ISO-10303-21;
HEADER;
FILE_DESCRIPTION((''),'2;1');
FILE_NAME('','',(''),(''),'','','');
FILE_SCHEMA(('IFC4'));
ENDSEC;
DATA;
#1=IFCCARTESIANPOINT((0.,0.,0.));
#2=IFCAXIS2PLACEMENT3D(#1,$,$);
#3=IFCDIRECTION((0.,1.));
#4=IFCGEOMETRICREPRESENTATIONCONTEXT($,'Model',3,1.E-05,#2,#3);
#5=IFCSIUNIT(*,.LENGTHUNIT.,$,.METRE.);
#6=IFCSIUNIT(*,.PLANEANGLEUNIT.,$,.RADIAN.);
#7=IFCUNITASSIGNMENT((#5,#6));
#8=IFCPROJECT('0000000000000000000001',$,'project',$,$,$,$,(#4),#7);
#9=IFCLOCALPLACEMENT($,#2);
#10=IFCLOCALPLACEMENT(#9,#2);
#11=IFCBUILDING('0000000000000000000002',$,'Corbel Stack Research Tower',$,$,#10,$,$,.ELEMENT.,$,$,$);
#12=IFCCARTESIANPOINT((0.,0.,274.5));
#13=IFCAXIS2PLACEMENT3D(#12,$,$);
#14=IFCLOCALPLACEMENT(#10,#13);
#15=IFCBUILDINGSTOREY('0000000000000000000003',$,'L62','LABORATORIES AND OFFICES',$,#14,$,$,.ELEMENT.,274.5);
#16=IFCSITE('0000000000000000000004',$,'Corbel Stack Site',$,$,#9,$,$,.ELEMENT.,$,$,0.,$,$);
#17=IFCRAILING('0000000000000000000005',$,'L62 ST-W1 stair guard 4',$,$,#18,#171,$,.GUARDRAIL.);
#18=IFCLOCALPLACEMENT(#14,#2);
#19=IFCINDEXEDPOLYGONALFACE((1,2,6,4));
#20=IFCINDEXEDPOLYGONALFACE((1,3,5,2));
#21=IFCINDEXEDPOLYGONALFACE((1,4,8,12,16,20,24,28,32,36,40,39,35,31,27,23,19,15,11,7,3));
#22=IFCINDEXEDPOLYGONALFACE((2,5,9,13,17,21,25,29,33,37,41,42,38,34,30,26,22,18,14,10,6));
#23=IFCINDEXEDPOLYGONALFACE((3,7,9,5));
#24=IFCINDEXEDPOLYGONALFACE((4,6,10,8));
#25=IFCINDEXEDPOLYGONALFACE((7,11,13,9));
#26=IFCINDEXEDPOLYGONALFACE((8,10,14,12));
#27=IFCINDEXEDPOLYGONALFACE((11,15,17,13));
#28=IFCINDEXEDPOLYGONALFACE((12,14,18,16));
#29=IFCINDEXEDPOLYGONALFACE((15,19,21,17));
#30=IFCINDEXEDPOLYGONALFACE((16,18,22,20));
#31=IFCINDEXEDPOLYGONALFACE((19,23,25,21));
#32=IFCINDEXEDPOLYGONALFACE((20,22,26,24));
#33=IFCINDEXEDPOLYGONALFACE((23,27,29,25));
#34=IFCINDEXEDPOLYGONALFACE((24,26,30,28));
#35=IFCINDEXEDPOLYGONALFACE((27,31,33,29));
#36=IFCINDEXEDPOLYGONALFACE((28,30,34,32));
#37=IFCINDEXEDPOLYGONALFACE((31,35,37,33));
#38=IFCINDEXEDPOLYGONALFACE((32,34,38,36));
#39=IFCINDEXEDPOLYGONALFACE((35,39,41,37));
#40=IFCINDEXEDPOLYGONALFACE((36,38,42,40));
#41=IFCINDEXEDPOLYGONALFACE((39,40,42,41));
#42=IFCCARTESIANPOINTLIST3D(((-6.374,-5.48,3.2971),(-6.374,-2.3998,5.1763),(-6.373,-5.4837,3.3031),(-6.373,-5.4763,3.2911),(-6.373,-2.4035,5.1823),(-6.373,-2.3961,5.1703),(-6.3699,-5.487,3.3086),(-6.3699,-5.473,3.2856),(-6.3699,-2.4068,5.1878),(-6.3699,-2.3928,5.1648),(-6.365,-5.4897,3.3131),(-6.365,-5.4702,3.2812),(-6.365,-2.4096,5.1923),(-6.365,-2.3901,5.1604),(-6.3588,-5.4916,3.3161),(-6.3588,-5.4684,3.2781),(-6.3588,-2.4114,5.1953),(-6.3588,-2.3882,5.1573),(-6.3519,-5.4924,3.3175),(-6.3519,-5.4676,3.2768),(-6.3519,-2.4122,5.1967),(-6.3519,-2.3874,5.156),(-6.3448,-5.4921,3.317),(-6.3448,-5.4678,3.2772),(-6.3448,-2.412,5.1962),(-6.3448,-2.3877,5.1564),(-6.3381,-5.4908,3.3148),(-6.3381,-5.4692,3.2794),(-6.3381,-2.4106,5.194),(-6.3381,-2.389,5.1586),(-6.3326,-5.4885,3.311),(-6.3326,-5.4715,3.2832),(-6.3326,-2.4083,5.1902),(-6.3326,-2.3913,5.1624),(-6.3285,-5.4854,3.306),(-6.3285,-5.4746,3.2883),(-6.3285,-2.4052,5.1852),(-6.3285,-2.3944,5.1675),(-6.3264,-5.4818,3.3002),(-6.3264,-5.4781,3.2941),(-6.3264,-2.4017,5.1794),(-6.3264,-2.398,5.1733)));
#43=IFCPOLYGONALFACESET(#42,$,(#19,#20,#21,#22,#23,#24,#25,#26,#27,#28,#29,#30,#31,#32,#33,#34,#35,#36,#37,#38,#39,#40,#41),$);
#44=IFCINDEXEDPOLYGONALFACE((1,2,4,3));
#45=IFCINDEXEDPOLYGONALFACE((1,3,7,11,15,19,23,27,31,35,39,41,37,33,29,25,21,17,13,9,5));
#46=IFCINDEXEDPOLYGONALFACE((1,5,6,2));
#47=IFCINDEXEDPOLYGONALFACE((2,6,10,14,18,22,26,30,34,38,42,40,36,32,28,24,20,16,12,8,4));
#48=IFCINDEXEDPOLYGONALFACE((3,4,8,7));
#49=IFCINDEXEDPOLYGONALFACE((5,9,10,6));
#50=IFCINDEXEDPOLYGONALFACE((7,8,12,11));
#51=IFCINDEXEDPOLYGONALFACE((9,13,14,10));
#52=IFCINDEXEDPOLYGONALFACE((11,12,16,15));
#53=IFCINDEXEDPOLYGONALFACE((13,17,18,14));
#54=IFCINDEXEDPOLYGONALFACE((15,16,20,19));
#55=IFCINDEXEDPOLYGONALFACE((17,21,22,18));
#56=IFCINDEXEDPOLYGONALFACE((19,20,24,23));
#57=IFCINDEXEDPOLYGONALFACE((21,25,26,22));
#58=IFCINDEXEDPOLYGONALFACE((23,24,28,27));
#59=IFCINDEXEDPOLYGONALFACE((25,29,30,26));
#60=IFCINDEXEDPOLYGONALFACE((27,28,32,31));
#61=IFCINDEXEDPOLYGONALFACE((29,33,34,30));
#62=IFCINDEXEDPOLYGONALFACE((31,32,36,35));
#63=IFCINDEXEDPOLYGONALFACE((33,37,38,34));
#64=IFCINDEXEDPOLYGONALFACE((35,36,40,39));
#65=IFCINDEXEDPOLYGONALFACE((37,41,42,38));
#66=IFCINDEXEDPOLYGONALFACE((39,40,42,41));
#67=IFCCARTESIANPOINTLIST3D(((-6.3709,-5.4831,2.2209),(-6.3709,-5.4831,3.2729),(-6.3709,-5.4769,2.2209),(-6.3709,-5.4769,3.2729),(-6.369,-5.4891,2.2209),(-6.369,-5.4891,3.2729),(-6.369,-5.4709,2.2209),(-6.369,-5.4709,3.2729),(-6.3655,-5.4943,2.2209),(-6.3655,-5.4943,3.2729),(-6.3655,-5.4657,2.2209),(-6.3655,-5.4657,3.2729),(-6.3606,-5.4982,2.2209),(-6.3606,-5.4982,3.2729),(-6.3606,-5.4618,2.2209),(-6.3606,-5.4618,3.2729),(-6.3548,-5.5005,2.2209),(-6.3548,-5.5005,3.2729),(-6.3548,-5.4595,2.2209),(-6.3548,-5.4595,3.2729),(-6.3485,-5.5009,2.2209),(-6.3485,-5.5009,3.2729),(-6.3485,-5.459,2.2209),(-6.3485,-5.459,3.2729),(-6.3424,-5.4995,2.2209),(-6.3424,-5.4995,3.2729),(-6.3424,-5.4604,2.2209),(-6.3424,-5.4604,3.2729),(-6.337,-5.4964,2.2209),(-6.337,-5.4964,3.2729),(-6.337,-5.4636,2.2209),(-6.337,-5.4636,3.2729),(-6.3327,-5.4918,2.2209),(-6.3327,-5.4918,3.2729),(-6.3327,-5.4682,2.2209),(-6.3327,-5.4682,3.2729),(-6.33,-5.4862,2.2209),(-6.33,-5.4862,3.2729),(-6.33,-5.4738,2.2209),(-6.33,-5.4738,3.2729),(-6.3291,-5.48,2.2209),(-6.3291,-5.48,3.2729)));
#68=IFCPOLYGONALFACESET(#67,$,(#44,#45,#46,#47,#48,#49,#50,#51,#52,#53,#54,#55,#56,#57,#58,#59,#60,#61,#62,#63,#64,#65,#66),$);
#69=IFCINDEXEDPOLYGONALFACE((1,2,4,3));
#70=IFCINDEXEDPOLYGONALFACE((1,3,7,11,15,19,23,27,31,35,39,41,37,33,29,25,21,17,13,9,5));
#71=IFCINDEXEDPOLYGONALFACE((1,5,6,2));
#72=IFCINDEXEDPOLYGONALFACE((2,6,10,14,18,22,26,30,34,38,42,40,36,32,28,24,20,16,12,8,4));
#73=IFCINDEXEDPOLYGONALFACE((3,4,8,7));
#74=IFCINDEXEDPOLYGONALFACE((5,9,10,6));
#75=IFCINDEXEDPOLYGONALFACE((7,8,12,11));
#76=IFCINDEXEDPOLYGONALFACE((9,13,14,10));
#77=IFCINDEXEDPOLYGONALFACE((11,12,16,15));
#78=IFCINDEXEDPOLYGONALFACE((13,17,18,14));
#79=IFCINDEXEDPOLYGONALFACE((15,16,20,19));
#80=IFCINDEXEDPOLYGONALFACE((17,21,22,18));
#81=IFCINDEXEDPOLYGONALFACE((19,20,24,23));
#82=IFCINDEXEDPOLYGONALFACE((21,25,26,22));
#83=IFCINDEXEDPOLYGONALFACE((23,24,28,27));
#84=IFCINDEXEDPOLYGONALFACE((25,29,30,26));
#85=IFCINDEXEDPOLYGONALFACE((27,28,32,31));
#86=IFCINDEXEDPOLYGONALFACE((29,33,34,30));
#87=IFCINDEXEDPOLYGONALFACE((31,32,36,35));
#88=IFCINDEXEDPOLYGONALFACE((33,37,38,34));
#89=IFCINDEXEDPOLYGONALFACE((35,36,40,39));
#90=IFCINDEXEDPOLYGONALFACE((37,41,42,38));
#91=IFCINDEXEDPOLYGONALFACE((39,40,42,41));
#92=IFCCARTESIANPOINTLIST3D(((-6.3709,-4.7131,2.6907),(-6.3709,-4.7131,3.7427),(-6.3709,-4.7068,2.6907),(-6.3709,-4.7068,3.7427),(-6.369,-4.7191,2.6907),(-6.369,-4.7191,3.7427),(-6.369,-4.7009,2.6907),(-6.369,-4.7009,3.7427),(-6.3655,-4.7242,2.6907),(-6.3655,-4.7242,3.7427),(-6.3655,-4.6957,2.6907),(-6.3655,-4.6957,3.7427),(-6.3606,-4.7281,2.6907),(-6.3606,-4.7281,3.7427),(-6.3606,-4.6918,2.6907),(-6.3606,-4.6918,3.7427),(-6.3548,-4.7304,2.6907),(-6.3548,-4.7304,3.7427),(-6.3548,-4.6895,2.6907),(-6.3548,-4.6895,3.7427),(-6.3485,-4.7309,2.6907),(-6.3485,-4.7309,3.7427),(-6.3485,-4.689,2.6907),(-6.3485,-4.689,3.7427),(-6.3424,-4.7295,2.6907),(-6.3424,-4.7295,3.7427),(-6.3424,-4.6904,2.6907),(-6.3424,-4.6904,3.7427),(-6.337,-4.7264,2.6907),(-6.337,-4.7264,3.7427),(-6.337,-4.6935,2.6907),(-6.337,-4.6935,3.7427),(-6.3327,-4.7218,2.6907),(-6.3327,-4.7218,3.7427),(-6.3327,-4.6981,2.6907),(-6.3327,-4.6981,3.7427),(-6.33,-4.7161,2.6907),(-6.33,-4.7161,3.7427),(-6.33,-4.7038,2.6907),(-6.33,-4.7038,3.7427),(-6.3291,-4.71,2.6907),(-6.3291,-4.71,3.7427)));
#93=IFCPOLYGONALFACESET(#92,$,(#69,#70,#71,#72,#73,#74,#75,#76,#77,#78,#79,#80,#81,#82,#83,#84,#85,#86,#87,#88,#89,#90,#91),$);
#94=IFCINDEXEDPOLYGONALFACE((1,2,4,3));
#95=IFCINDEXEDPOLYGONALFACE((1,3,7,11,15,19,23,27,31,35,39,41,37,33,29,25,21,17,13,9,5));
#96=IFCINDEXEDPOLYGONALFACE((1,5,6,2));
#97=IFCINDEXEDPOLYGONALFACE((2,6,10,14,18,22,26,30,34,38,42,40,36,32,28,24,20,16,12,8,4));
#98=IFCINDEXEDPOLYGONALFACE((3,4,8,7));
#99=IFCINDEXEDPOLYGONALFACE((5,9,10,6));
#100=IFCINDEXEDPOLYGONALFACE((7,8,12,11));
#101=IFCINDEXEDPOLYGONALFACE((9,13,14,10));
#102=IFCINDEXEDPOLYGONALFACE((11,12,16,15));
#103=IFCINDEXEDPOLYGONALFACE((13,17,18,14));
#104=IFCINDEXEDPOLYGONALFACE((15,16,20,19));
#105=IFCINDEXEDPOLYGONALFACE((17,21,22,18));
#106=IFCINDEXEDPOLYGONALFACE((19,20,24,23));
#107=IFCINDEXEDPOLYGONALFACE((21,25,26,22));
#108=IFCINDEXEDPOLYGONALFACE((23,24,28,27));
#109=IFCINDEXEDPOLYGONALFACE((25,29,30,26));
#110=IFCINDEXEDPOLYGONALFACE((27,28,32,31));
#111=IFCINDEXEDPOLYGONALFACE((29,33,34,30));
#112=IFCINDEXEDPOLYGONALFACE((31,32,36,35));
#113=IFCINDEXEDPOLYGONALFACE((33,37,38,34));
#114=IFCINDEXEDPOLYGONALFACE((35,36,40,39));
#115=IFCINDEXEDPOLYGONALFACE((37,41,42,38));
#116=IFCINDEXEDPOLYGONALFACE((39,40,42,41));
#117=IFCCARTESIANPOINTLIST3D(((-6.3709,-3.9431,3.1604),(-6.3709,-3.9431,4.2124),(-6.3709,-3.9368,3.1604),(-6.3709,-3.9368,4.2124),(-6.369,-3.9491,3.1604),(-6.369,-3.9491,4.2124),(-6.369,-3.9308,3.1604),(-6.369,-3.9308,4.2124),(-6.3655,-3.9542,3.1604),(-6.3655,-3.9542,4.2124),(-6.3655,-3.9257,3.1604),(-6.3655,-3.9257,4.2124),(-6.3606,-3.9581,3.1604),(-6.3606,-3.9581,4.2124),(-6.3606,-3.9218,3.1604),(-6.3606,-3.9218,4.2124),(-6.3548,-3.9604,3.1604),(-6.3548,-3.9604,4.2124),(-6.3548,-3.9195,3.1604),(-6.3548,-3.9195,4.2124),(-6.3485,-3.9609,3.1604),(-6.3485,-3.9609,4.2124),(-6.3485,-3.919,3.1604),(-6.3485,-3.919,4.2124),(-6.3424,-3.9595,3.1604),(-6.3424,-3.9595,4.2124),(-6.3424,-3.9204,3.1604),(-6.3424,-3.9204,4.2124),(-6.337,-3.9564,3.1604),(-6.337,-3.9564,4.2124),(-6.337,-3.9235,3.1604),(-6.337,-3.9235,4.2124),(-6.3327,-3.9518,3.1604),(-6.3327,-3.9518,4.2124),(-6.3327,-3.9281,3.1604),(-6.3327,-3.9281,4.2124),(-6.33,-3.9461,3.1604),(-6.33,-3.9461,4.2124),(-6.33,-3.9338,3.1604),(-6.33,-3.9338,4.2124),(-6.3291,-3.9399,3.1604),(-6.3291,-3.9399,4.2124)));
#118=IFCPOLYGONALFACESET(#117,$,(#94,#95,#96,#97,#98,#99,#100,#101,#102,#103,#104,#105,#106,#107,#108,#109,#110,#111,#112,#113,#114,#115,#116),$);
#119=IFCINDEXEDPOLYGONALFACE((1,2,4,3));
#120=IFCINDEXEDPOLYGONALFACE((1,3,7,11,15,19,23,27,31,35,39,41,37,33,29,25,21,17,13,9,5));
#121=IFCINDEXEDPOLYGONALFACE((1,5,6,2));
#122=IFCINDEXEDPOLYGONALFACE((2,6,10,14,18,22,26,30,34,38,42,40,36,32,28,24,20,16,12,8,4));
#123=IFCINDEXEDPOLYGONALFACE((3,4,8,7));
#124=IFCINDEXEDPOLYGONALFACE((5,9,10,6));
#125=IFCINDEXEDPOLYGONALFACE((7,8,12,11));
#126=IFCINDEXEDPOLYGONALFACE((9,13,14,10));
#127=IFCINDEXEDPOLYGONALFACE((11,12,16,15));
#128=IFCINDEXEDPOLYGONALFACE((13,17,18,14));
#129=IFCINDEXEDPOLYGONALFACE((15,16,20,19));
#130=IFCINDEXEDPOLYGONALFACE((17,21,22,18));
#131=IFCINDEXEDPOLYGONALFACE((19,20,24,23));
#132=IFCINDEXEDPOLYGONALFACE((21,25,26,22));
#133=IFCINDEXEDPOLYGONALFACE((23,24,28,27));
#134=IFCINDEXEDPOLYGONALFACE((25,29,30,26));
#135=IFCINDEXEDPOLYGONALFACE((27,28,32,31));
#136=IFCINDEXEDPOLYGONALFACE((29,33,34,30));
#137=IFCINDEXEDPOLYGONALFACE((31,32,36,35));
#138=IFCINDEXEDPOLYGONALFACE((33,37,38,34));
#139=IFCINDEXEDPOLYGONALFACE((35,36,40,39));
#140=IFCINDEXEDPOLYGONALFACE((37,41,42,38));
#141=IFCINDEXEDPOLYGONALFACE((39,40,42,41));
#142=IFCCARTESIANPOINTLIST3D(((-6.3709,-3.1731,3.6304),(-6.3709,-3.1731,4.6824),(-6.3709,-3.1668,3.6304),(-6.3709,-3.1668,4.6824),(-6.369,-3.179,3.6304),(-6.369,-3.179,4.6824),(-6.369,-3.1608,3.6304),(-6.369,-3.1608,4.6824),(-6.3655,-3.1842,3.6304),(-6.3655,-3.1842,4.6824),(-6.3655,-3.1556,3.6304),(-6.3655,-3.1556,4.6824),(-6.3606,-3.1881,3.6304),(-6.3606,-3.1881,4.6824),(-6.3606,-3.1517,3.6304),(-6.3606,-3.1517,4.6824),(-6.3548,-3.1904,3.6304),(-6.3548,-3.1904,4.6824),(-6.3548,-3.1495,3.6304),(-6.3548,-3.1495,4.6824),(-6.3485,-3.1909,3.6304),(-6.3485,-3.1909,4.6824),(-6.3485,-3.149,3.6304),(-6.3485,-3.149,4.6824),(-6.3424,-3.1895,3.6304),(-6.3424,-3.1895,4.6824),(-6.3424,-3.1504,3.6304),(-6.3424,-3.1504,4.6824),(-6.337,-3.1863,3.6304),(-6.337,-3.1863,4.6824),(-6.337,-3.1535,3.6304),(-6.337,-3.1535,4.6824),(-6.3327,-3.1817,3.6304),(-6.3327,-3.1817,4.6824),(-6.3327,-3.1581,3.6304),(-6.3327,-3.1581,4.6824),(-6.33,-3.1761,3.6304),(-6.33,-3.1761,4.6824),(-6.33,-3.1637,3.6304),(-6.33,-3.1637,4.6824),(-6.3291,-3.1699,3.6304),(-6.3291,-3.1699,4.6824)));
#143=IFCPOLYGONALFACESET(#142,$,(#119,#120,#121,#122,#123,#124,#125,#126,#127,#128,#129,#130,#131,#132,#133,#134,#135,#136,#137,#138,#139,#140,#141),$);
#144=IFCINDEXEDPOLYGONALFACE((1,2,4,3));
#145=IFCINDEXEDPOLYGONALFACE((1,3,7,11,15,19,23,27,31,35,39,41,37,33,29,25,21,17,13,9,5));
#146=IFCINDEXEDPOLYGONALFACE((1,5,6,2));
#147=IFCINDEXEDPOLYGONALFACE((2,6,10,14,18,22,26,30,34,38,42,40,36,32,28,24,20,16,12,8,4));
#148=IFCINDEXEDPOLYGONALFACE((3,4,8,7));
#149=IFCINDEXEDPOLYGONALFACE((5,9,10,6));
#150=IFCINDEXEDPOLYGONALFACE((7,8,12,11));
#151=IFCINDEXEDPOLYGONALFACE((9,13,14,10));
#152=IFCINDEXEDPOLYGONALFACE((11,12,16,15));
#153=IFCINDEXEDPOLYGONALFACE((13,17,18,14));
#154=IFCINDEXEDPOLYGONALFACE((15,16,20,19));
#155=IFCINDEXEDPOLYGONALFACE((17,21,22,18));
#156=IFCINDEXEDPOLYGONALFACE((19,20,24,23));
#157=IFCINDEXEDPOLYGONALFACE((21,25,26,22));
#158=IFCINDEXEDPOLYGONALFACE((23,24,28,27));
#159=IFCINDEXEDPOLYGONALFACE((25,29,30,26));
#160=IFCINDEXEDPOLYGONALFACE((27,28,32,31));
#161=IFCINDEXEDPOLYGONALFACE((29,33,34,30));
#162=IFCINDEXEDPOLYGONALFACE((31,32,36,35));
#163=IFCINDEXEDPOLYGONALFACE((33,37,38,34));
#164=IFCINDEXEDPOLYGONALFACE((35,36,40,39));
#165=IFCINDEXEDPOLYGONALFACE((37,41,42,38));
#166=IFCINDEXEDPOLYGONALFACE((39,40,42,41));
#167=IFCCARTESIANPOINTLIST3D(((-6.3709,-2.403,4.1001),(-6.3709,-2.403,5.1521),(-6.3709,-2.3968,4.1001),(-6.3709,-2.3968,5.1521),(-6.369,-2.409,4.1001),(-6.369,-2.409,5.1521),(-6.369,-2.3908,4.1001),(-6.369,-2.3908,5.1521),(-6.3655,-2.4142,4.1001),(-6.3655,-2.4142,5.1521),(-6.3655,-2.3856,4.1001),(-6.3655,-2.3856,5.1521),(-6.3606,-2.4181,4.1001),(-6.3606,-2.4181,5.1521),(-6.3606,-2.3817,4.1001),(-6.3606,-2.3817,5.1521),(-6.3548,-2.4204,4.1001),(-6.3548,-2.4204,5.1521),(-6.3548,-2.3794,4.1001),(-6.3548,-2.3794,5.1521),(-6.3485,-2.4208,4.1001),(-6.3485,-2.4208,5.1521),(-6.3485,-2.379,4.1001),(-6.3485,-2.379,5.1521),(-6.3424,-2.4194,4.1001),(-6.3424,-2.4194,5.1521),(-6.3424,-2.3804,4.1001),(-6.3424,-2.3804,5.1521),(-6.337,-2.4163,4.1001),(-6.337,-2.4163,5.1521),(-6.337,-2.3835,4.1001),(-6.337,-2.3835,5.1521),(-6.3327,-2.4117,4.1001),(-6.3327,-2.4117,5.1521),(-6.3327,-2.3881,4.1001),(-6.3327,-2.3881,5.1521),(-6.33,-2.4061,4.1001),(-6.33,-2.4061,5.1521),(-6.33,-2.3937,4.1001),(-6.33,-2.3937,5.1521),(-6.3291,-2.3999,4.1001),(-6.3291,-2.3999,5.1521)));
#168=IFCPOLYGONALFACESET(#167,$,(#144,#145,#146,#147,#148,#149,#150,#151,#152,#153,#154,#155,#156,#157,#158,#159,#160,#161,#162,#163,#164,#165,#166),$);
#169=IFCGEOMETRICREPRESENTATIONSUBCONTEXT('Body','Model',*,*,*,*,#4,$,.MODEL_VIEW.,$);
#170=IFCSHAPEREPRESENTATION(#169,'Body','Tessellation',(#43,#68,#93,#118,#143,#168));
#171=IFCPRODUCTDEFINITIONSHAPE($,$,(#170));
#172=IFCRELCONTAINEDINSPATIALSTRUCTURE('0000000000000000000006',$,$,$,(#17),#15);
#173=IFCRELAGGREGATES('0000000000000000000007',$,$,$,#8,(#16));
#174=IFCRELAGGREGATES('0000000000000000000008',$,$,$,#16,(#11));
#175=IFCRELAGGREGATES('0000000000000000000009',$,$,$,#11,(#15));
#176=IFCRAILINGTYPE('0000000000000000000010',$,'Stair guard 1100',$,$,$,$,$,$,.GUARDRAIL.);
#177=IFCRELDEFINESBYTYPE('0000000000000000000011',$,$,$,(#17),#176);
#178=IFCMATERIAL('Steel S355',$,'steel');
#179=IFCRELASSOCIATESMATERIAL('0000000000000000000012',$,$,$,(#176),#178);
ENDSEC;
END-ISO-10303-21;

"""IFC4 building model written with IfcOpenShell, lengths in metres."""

from ifc_helpers import new_model, si_unit, direction, frame, origin, origin_2d, place, context, subcontext, project, spatial, circle, extrude, material, type_object, element, save


model = new_model("IFC4")

# Units and contexts
model_context = context("Model", 3, precision=1e-05, world=origin(), true_north=direction((0.0, 1.0)))
body_context = subcontext(model_context, "Body", "Model", "MODEL_VIEW")
ifc_project = project(units=[si_unit("LENGTHUNIT", "METRE"), si_unit("PLANEANGLEUNIT", "RADIAN")], contexts=[model_context])

# Site, building, storey
site_placement = place(None, origin())
site = spatial("IfcSite", under=ifc_project, at=site_placement, Name="Corbel Stack Site", CompositionType="ELEMENT", RefElevation=0.0)
building_placement = place(site_placement, origin())
building = spatial("IfcBuilding", under=site, at=building_placement, Name="Corbel Stack Research Tower", CompositionType="ELEMENT")
storey_placement = place(building_placement, frame((0.0, 0.0, 274.5)))
storey = spatial("IfcBuildingStorey", under=building, at=storey_placement, Name="L62", Description="LABORATORIES AND OFFICES", CompositionType="ELEMENT", Elevation=274.5)

# Railing
ifc_material_1 = material(Name="Steel S355", Category="steel")
railing_type_1 = type_object("IfcRailingType", Name="Stair guard 1100", PredefinedType="GUARDRAIL", material=ifc_material_1)
railing_1_placement = place(storey_placement, frame((-6.3501, -5.48, 2.2209)))
element("IfcRailing", 1, at=railing_1_placement, inside=storey, type_object=railing_type_1, Name="L62 ST-W1 stair guard 4", PredefinedType="GUARDRAIL", context=body_context, shape_type="SweptSolid", body=[
    extrude(circle(Radius=0.0239, at=origin_2d()), frame((0.0, 0.0, 1.0762), z_axis=(0.0, 0.853666, 0.52082), x_axis=(-1.0, 0.0, 0.0)), (0.0, 0.0, 1.0), 3.6082),
    extrude(circle(Radius=0.021, at=origin_2d()), origin(), (0.0, 0.0, 1.0), 1.052),
    extrude(circle(Radius=0.021, at=origin_2d()), frame((0.0, 0.77, 0.4697)), (0.0, 0.0, 1.0), 1.052),
    extrude(circle(Radius=0.021, at=origin_2d()), frame((0.0, 1.54, 0.9395)), (0.0, 0.0, 1.0), 1.052),
    extrude(circle(Radius=0.021, at=origin_2d()), frame((0.0, 2.3101, 1.4094)), (0.0, 0.0, 1.0), 1.052),
    extrude(circle(Radius=0.021, at=origin_2d()), frame((0.0, 3.0801, 1.8792)), (0.0, 0.0, 1.0), 1.052),
])

save(model, "model.ifc")
